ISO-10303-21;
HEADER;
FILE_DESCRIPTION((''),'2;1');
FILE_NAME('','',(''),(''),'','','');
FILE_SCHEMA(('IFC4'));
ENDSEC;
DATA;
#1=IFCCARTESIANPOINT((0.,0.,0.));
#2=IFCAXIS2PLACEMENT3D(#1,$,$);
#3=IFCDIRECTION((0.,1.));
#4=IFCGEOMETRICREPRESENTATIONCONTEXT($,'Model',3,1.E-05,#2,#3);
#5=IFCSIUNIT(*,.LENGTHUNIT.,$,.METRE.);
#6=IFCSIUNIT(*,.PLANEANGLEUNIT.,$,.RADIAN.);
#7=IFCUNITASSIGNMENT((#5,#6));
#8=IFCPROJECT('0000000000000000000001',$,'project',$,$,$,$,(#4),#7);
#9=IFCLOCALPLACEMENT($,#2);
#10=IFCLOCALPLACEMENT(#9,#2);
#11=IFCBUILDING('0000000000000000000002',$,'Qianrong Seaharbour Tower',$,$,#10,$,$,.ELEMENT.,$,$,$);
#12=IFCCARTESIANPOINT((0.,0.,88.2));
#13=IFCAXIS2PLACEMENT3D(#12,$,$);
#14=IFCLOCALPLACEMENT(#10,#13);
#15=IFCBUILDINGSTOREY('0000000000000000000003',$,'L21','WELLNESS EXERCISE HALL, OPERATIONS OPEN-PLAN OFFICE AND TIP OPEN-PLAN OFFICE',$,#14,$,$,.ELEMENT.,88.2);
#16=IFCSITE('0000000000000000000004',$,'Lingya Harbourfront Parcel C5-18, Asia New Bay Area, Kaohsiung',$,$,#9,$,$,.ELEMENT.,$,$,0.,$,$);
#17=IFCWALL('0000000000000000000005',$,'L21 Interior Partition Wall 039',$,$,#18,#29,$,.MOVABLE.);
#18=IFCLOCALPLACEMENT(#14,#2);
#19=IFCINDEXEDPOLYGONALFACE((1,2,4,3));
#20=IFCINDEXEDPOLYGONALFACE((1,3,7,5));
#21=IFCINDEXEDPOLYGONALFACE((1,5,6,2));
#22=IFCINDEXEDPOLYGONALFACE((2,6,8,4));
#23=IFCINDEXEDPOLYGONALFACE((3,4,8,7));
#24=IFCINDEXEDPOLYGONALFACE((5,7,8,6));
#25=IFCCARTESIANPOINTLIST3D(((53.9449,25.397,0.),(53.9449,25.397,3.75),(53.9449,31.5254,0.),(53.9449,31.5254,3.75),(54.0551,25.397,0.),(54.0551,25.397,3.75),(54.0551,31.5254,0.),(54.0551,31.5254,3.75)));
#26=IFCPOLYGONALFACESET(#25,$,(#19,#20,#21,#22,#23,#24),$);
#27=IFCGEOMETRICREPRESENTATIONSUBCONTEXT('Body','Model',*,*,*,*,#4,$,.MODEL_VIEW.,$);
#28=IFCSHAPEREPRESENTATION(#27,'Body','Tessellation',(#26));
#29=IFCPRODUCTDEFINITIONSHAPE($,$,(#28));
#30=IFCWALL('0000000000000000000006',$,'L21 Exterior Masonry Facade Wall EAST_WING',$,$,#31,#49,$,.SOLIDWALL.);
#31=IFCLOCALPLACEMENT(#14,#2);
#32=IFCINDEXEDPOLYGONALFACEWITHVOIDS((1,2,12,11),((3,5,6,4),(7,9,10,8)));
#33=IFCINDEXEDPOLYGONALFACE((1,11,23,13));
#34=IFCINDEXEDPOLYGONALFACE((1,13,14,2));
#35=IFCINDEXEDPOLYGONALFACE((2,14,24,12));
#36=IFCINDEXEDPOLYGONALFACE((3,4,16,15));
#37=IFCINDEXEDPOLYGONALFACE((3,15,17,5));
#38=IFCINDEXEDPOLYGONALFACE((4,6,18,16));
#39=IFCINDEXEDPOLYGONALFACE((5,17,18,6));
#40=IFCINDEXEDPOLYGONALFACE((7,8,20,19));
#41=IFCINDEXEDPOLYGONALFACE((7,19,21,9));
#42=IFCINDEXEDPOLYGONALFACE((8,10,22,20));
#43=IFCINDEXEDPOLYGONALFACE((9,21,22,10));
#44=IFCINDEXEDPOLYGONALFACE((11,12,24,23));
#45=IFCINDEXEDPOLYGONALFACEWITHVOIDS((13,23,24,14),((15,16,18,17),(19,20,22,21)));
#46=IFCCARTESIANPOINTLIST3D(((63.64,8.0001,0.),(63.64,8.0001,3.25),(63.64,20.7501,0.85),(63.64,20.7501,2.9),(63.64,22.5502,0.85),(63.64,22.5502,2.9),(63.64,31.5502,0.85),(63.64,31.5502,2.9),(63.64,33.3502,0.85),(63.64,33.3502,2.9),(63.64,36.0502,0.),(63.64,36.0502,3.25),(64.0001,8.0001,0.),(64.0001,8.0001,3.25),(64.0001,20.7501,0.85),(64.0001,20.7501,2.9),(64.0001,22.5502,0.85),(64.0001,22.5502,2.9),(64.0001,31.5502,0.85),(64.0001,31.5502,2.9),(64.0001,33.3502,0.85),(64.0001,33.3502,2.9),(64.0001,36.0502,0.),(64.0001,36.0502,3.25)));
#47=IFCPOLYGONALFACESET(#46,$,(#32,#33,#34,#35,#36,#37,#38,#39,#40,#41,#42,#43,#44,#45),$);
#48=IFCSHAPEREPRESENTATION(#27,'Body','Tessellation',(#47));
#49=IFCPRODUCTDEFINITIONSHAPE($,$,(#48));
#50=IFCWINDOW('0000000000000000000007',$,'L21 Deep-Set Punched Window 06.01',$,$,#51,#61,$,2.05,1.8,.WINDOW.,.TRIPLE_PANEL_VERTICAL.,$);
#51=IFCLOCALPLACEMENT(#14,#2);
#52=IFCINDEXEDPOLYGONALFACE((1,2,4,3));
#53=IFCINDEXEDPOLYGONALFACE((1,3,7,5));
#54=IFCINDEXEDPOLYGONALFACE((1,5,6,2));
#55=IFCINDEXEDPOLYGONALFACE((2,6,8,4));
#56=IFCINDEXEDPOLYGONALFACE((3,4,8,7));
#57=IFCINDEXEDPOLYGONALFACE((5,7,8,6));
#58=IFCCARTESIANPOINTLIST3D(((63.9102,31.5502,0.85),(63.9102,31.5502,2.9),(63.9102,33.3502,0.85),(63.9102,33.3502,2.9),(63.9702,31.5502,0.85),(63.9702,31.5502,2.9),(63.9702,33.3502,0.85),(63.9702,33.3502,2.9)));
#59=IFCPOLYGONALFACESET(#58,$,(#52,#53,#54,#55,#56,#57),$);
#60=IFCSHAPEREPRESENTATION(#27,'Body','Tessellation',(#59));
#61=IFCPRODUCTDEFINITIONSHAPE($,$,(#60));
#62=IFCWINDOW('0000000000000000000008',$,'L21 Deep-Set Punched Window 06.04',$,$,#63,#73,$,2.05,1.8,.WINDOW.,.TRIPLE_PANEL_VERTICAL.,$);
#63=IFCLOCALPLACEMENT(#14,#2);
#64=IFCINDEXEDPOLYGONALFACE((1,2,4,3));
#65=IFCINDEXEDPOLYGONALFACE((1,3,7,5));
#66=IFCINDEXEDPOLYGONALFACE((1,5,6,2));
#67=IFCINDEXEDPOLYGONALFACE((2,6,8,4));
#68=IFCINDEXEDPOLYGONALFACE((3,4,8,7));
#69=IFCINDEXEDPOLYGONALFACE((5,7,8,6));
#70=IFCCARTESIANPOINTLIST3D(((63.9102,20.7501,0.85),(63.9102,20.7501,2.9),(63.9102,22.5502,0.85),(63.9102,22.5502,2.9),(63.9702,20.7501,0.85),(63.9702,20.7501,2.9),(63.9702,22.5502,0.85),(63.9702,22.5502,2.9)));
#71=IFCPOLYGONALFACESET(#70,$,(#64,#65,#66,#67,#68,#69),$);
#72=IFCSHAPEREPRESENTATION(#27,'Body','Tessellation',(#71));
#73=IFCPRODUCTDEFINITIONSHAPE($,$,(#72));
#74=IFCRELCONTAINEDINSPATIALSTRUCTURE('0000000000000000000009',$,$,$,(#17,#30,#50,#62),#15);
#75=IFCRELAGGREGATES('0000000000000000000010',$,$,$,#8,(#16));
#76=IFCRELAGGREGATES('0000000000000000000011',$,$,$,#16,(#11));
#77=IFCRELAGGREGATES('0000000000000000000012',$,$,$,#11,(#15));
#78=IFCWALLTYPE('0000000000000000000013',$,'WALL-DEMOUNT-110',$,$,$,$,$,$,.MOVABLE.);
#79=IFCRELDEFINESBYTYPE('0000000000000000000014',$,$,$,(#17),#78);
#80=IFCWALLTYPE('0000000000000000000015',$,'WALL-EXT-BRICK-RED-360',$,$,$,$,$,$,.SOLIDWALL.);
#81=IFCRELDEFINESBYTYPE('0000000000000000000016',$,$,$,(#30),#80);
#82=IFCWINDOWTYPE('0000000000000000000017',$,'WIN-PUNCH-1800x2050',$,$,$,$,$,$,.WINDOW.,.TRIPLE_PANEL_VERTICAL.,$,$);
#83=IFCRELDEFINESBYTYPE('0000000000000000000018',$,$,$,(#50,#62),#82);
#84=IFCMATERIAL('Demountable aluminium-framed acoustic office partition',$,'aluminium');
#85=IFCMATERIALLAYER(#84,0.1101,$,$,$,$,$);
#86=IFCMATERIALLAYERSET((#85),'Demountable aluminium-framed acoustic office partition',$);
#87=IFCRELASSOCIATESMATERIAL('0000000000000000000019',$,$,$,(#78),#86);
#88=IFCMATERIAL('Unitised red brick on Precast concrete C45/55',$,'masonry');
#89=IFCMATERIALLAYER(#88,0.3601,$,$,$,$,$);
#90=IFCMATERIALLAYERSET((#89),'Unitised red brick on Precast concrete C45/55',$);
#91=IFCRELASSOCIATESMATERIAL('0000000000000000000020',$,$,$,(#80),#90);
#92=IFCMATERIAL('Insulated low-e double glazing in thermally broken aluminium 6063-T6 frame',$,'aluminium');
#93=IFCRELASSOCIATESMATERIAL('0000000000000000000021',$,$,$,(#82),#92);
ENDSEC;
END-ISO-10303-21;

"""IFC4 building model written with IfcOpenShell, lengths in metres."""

from ifc_helpers import new_model, si_unit, direction, frame, frame_2d, origin, place, context, subcontext, project, spatial, rectangle, extrude, material, layer, layer_set, type_object, element, fill, save


model = new_model("IFC4")

# Units and contexts
model_context = context("Model", 3, precision=1e-05, world=origin(), true_north=direction((0.0, 1.0)))
body_context = subcontext(model_context, "Body", "Model", "MODEL_VIEW")
ifc_project = project(units=[si_unit("LENGTHUNIT", "METRE"), si_unit("PLANEANGLEUNIT", "RADIAN")], contexts=[model_context])

# Site, building, storey
site_placement = place(None, origin())
site = spatial("IfcSite", under=ifc_project, at=site_placement, Name="Lingya Harbourfront Parcel C5-18, Asia New Bay Area, Kaohsiung", CompositionType="ELEMENT", RefElevation=0.0)
building_placement = place(site_placement, origin())
building = spatial("IfcBuilding", under=site, at=building_placement, Name="Qianrong Seaharbour Tower", CompositionType="ELEMENT")
storey_placement = place(building_placement, frame((0.0, 0.0, 88.2)))
storey = spatial("IfcBuildingStorey", under=building, at=storey_placement, Name="L21", Description="WELLNESS EXERCISE HALL, OPERATIONS OPEN-PLAN OFFICE AND TIP OPEN-PLAN OFFICE", CompositionType="ELEMENT", Elevation=88.2)

# Wall
ifc_material_1 = material(Name="Demountable aluminium-framed acoustic office partition", Category="aluminium")
ifc_layer_1 = layer(ifc_material_1, 0.1101)
ifc_layer_set_1 = layer_set([ifc_layer_1], Name="Demountable aluminium-framed acoustic office partition")
wall_type_1 = type_object("IfcWallType", Name="WALL-DEMOUNT-110", PredefinedType="MOVABLE", material=ifc_layer_set_1)
wall_1_placement = place(storey_placement, frame((54.0, 31.5254, 0.0), z_axis=(0.0, 0.0, 1.0), x_axis=(0.0, -1.0, 0.0)))
element("IfcWall", 1, at=wall_1_placement, inside=storey, type_object=wall_type_1, Name="L21 Interior Partition Wall 039", PredefinedType="MOVABLE", context=body_context, shape_type="SweptSolid", body=[
    extrude(rectangle(XDim=6.1284, YDim=0.1101, at=frame_2d((3.0642, 0.0))), origin(), (0.0, 0.0, 1.0), 3.75),
])

# Wall, openings, windows
ifc_material_2 = material(Name="Unitised red brick on Precast concrete C45/55", Category="masonry")
ifc_layer_2 = layer(ifc_material_2, 0.3601)
ifc_layer_set_2 = layer_set([ifc_layer_2], Name="Unitised red brick on Precast concrete C45/55")
wall_type_2 = type_object("IfcWallType", Name="WALL-EXT-BRICK-RED-360", PredefinedType="SOLIDWALL", material=ifc_layer_set_2)
wall_2_placement = place(storey_placement, frame((63.8201, 36.05, 0.0), z_axis=(0.0, 0.0, 1.0), x_axis=(0.0, -1.0, 0.0)))
wall_2 = element("IfcWall", 2, at=wall_2_placement, inside=storey, type_object=wall_type_2, Name="L21 Exterior Masonry Facade Wall EAST_WING", PredefinedType="SOLIDWALL", context=body_context, shape_type="SweptSolid", body=[
    extrude(rectangle(XDim=28.05, YDim=0.3601, at=frame_2d((14.0249, 0.0))), origin(), (0.0, 0.0, 1.0), 3.25),
])
opening_1_placement = place(wall_2_placement, frame((2.7, 0.0, 0.8501)))
opening_1 = element("IfcOpeningElement", 3, at=opening_1_placement, cuts=wall_2, PredefinedType="OPENING", context=body_context, shape_type="SweptSolid", body=[
    extrude(rectangle(XDim=1.8, YDim=2.05, at=frame_2d((0.8999, 1.0249))), frame((0.0, 0.1899, 0.0), z_axis=(0.0, -1.0, 0.0), x_axis=(1.0, 0.0, 0.0)), (0.0, 0.0, 1.0), 0.3801),
])
opening_2_placement = place(wall_2_placement, frame((13.5, 0.0, 0.8501)))
opening_2 = element("IfcOpeningElement", 4, at=opening_2_placement, cuts=wall_2, PredefinedType="OPENING", context=body_context, shape_type="SweptSolid", body=[
    extrude(rectangle(XDim=1.8, YDim=2.05, at=frame_2d((0.8999, 1.0249))), frame((0.0, 0.1899, 0.0), z_axis=(0.0, -1.0, 0.0), x_axis=(1.0, 0.0, 0.0)), (0.0, 0.0, 1.0), 0.3801),
])
ifc_material_3 = material(Name="Insulated low-e double glazing in thermally broken aluminium 6063-T6 frame", Category="aluminium")
window_type = type_object("IfcWindowType", Name="WIN-PUNCH-1800x2050", PartitioningType="TRIPLE_PANEL_VERTICAL", PredefinedType="WINDOW", material=ifc_material_3)
window_1_placement = place(opening_1_placement, origin())
window_1 = element("IfcWindow", 5, at=window_1_placement, inside=storey, type_object=window_type, Name="L21 Deep-Set Punched Window 06.01", OverallHeight=2.05, OverallWidth=1.8, PartitioningType="TRIPLE_PANEL_VERTICAL", PredefinedType="WINDOW", context=body_context, shape_type="SweptSolid", body=[
    extrude(rectangle(XDim=1.8, YDim=2.05, at=frame_2d((0.8999, 1.0249))), frame((0.0, 0.1501, 0.0), z_axis=(0.0, -1.0, 0.0), x_axis=(1.0, 0.0, 0.0)), (0.0, 0.0, 1.0), 0.0601),
])
fill(opening_1, window_1)
window_2_placement = place(opening_2_placement, origin())
window_2 = element("IfcWindow", 6, at=window_2_placement, inside=storey, type_object=window_type, Name="L21 Deep-Set Punched Window 06.04", OverallHeight=2.05, OverallWidth=1.8, PartitioningType="TRIPLE_PANEL_VERTICAL", PredefinedType="WINDOW", context=body_context, shape_type="SweptSolid", body=[
    extrude(rectangle(XDim=1.8, YDim=2.05, at=frame_2d((0.8999, 1.0249))), frame((0.0, 0.1501, 0.0), z_axis=(0.0, -1.0, 0.0), x_axis=(1.0, 0.0, 0.0)), (0.0, 0.0, 1.0), 0.0601),
])
fill(opening_2, window_2)

save(model, "model.ifc")
